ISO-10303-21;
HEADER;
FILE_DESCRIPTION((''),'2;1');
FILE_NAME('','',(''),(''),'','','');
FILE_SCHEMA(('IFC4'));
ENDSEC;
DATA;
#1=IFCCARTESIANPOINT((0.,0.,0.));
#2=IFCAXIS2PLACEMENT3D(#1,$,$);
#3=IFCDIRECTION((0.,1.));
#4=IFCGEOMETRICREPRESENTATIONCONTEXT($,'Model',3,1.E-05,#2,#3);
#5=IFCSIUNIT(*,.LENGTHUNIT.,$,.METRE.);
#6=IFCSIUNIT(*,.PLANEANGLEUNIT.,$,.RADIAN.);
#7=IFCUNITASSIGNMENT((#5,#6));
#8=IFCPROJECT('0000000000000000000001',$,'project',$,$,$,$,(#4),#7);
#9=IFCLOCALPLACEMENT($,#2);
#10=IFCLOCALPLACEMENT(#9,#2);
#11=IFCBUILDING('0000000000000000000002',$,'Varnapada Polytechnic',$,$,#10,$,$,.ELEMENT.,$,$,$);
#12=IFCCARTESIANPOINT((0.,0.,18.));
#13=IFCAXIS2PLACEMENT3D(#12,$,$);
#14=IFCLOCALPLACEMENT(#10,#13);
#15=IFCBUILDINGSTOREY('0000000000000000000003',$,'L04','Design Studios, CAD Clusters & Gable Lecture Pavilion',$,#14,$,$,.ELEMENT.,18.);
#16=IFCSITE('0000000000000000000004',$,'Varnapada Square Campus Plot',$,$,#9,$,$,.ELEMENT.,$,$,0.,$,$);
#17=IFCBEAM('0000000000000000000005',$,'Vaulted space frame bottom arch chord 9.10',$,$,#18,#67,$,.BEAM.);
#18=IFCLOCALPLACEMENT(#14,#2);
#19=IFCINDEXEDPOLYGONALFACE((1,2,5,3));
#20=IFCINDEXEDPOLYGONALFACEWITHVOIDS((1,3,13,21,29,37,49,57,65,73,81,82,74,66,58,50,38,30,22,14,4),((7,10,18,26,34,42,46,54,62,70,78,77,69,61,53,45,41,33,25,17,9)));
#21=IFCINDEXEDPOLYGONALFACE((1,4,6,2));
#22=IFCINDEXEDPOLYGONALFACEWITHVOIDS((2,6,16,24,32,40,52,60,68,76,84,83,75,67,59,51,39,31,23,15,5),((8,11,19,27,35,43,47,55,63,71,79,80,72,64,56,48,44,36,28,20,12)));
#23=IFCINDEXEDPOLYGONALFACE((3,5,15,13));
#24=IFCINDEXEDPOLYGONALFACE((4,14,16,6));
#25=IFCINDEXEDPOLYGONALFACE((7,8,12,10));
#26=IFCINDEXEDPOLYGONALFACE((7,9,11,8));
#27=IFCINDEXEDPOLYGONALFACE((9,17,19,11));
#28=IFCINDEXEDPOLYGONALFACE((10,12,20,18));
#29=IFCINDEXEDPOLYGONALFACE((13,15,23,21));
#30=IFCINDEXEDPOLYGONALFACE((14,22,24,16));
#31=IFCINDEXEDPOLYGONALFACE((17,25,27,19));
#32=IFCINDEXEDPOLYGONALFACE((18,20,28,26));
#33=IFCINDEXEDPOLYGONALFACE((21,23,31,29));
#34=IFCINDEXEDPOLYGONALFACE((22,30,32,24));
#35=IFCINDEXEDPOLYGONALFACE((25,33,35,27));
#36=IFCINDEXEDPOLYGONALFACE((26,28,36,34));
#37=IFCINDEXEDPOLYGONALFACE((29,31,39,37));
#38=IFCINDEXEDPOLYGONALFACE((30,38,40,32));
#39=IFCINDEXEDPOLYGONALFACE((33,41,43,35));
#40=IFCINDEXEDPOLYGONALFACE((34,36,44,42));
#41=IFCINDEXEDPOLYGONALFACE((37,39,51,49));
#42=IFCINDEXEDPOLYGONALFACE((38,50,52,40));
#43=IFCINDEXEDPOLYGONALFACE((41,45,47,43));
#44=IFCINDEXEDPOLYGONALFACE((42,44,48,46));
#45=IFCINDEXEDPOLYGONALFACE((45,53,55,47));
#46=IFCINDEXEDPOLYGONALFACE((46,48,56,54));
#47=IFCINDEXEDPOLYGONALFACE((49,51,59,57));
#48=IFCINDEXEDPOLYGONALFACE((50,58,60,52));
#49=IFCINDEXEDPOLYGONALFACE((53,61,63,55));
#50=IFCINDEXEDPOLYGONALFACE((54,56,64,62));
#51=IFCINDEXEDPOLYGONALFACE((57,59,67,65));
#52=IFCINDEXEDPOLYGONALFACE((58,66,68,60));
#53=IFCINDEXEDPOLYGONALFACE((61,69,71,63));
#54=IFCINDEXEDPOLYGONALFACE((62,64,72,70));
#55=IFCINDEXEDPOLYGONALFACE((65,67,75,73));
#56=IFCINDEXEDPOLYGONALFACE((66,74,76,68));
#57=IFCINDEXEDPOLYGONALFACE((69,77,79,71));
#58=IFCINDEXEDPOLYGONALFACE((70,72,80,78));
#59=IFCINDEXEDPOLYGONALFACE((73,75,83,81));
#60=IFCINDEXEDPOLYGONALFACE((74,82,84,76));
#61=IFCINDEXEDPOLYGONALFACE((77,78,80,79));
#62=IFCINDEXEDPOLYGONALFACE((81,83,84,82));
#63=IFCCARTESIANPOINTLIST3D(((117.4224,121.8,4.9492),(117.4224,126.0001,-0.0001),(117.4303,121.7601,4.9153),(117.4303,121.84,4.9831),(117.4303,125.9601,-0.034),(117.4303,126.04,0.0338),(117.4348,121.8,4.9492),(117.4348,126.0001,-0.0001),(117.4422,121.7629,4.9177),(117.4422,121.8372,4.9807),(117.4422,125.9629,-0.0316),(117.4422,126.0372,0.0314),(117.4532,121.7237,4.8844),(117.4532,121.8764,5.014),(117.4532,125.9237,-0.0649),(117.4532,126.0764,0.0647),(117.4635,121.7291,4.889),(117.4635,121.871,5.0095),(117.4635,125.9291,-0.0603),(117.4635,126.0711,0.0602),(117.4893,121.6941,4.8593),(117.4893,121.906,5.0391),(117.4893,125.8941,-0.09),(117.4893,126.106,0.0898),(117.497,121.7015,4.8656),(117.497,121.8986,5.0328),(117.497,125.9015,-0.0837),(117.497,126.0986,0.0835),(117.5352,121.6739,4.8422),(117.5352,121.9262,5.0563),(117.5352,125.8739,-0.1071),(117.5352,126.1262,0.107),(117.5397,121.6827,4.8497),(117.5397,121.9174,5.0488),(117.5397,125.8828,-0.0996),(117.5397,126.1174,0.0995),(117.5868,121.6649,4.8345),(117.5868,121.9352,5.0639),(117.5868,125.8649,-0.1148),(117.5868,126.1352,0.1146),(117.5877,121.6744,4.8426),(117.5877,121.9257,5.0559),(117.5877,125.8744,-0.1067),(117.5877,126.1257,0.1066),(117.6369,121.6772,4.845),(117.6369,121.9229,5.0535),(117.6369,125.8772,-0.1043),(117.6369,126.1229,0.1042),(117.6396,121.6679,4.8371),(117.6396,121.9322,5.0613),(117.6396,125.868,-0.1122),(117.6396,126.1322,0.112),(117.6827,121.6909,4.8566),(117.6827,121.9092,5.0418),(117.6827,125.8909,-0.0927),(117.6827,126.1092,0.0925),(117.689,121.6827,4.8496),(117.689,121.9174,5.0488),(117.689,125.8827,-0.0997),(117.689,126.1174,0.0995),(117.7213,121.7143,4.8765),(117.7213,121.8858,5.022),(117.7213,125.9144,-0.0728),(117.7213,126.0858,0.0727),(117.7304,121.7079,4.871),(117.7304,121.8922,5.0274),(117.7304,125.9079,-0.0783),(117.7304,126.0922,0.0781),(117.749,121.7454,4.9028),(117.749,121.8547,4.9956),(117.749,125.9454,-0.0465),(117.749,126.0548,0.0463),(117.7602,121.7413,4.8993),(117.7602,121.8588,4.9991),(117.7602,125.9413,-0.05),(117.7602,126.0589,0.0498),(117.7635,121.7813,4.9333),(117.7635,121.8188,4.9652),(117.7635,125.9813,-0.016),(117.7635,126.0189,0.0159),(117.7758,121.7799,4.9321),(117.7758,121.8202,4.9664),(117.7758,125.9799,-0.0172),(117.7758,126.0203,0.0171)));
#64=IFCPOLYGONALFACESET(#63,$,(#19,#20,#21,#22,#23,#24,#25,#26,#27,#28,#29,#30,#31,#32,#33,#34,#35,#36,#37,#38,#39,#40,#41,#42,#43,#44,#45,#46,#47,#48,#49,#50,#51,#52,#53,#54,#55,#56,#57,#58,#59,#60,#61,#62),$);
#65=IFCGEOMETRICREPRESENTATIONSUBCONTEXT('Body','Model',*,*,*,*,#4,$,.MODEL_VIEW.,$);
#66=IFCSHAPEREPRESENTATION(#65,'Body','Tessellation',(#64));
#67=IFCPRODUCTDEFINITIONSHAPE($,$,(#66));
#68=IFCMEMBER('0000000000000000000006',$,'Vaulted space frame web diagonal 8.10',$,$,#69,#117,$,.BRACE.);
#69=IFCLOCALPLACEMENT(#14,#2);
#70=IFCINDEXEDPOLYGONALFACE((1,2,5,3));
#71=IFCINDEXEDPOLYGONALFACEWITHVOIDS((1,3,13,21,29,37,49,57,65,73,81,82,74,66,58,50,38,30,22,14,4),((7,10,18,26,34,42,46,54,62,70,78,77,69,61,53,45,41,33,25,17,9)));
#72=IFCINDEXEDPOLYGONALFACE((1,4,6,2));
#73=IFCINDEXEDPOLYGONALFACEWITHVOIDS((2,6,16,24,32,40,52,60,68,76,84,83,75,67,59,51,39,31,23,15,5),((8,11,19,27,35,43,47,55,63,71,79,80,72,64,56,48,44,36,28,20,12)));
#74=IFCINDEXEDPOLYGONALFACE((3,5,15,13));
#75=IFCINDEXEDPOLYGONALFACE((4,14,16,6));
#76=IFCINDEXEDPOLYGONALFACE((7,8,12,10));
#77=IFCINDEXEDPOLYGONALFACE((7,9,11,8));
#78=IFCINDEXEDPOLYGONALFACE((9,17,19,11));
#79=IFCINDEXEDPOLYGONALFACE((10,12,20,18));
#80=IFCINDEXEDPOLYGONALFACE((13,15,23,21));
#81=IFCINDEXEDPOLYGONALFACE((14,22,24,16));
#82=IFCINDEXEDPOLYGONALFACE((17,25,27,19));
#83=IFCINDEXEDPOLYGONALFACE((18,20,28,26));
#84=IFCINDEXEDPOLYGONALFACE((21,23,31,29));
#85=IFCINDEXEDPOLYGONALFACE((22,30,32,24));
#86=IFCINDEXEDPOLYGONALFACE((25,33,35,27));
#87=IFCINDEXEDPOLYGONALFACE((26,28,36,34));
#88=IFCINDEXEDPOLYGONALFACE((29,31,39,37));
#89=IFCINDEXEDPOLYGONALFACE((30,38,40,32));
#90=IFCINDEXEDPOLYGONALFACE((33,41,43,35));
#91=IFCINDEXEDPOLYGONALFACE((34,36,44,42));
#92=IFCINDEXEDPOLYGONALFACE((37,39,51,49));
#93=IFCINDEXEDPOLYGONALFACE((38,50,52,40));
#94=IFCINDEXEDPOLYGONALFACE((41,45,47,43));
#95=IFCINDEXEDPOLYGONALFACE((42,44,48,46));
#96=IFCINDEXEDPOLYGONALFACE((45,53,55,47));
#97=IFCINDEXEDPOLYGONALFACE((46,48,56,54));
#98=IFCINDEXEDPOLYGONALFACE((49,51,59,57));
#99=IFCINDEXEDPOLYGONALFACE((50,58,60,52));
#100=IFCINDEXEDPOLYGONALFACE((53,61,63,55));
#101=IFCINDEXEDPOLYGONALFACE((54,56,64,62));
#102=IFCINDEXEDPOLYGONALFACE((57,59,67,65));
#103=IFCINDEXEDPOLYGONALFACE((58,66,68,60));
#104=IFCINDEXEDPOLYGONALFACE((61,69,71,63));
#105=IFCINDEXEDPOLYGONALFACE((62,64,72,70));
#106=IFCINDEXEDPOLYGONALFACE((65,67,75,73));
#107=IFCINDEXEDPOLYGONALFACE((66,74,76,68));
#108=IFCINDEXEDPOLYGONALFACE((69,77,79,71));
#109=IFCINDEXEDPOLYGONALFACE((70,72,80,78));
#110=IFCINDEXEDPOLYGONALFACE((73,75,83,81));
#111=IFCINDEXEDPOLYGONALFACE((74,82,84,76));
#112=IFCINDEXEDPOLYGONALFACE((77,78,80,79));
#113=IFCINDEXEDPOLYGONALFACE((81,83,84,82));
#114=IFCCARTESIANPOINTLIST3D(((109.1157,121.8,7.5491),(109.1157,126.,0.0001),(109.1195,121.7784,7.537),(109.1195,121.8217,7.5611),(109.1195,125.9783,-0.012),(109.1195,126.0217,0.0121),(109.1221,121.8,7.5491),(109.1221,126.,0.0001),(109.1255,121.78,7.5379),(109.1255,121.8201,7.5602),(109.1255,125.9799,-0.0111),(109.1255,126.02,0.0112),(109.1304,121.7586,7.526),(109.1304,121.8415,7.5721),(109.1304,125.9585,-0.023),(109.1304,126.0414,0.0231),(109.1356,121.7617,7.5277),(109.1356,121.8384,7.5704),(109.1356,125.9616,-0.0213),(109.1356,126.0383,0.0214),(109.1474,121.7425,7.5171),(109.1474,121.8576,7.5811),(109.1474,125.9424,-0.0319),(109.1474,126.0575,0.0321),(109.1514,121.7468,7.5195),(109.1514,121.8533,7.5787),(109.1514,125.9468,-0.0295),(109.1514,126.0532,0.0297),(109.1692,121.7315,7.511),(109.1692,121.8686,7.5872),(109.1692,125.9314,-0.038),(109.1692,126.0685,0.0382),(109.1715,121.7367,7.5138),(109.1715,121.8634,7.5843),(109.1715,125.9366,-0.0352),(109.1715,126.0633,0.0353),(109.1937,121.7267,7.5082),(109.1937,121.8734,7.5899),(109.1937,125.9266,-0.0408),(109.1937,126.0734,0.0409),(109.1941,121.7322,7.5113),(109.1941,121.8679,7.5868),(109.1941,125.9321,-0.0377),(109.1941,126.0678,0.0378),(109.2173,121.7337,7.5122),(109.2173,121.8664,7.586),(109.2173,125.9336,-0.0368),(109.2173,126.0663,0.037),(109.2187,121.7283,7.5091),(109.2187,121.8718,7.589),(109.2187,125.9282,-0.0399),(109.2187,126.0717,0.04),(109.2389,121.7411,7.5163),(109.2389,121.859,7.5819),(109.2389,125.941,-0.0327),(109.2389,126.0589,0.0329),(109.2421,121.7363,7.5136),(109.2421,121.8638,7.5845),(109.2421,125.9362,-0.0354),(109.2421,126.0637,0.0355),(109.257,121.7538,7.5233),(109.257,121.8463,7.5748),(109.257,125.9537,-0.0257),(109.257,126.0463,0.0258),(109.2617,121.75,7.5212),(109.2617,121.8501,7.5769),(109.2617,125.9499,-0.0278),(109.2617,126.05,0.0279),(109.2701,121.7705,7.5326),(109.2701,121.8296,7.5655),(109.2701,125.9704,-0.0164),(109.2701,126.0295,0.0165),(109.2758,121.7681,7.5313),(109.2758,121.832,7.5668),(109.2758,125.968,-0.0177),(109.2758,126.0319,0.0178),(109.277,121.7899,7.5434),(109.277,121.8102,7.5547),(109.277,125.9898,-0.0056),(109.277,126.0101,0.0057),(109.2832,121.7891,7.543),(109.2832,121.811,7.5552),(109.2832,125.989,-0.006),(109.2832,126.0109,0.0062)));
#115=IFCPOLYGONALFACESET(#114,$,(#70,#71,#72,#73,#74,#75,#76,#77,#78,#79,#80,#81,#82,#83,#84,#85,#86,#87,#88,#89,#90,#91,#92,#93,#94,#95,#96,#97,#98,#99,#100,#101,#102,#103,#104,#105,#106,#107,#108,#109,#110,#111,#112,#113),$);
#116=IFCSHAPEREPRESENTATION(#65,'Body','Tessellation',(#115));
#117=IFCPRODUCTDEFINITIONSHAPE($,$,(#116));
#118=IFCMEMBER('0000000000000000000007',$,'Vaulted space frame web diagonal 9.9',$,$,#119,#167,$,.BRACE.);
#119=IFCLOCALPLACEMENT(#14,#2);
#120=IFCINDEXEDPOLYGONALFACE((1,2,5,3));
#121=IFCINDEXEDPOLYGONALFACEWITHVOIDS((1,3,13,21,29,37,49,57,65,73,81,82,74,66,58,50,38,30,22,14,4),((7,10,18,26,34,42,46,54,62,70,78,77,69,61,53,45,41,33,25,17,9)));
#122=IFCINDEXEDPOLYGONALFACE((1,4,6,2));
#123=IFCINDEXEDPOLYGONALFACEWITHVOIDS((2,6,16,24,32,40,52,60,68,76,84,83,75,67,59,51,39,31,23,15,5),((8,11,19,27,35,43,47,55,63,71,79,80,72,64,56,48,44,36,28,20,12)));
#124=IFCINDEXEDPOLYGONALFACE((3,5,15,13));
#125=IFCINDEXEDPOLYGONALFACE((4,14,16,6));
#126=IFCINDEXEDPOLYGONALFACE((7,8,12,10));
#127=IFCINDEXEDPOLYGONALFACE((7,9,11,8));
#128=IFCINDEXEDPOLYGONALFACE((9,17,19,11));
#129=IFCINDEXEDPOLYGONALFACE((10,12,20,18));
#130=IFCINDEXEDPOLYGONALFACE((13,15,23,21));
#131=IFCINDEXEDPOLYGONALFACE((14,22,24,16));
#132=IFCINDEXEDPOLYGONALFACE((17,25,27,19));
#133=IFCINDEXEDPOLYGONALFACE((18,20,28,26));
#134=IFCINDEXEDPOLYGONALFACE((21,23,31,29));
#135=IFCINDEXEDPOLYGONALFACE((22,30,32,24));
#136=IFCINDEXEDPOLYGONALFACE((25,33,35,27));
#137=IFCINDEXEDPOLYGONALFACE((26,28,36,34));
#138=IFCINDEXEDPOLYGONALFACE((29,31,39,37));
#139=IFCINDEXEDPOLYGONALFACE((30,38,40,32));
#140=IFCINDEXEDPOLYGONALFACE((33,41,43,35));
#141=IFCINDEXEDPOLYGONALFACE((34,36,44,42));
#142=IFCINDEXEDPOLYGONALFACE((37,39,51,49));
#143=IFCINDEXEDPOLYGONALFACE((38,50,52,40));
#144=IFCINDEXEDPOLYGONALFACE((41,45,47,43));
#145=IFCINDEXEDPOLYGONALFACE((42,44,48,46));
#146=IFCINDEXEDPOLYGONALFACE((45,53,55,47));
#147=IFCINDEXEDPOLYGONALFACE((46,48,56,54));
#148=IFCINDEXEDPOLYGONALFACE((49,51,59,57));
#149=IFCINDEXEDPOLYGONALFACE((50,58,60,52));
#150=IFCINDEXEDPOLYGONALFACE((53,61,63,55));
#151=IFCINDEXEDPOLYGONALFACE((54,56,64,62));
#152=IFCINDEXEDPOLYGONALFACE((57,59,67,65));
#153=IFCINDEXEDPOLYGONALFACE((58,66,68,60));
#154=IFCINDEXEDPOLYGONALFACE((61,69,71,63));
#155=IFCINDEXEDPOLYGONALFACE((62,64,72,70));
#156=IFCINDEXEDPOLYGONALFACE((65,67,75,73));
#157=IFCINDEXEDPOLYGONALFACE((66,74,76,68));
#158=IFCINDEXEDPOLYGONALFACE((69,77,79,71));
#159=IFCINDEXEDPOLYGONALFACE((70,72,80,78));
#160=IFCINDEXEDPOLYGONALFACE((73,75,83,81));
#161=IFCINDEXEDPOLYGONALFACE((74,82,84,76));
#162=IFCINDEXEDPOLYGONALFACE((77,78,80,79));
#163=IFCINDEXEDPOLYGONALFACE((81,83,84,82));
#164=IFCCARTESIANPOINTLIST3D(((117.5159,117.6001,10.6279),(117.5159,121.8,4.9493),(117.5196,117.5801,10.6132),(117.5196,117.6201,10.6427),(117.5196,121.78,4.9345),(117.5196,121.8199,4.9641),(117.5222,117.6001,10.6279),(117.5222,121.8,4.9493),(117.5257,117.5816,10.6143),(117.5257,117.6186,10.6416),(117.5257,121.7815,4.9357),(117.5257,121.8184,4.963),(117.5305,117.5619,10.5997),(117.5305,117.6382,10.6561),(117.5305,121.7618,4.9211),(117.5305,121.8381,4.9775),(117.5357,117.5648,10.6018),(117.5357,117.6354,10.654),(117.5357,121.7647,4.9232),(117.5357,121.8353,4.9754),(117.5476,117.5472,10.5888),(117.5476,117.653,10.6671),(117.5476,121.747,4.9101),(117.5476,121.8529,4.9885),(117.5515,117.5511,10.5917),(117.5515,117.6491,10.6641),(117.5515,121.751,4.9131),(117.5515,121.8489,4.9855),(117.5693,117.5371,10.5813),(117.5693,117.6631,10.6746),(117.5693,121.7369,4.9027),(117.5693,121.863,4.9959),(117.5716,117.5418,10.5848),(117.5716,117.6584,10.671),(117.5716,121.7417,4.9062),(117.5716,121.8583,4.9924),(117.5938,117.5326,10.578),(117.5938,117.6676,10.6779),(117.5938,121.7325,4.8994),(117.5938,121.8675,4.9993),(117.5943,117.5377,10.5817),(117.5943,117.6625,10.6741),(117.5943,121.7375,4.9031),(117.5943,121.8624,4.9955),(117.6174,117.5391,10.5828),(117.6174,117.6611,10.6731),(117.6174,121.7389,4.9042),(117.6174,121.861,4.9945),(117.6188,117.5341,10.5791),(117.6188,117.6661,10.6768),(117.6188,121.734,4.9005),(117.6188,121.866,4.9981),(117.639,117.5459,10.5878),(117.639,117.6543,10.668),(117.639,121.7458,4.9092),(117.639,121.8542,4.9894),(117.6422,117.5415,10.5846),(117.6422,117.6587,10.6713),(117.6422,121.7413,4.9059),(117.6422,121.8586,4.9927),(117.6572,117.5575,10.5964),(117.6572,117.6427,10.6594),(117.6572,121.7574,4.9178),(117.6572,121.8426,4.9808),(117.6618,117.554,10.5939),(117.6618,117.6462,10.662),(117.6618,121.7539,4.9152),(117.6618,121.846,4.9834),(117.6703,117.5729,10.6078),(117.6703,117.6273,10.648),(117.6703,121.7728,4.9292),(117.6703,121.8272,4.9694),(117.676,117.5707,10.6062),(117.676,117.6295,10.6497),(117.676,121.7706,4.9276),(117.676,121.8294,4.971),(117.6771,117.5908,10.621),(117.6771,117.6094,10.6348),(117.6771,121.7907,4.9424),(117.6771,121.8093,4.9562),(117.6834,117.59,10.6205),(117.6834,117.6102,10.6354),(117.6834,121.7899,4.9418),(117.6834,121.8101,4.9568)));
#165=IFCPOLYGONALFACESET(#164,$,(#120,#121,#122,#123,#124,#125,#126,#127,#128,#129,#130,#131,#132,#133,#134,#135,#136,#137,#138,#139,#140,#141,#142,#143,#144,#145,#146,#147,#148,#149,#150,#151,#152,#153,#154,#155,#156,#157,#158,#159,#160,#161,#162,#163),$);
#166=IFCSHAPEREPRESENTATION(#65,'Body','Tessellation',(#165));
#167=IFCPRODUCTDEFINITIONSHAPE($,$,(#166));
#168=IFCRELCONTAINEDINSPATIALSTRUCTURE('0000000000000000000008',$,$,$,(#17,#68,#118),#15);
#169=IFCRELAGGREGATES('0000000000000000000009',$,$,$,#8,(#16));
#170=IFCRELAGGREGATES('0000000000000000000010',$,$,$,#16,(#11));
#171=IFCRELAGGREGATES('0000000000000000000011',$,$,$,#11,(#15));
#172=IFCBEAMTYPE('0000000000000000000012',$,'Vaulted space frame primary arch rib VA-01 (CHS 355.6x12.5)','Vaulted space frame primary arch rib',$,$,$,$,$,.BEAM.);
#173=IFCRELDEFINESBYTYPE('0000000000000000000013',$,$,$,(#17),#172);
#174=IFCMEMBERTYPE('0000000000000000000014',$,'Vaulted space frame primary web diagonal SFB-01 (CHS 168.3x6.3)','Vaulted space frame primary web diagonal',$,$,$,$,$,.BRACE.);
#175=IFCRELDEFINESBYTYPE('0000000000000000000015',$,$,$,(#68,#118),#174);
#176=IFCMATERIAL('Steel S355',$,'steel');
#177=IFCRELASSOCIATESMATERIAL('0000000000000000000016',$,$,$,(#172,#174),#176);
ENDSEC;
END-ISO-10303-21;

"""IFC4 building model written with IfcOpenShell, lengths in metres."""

from ifc_helpers import new_model, si_unit, direction, frame, origin, origin_2d, place, context, subcontext, project, spatial, hollow_circle, extrude, material, material_profile, profile_set, type_object, element, save


model = new_model("IFC4")

# Units and contexts
model_context = context("Model", 3, precision=1e-05, world=origin(), true_north=direction((0.0, 1.0)))
body_context = subcontext(model_context, "Body", "Model", "MODEL_VIEW")
ifc_project = project(units=[si_unit("LENGTHUNIT", "METRE"), si_unit("PLANEANGLEUNIT", "RADIAN")], contexts=[model_context])

# Site, building, storey
site_placement = place(None, origin())
site = spatial("IfcSite", under=ifc_project, at=site_placement, Name="Varnapada Square Campus Plot", CompositionType="ELEMENT", RefElevation=0.0)
building_placement = place(site_placement, origin())
building = spatial("IfcBuilding", under=site, at=building_placement, Name="Varnapada Polytechnic", CompositionType="ELEMENT")
storey_placement = place(building_placement, frame((0.0, 0.0, 18.0)))
storey = spatial("IfcBuildingStorey", under=building, at=storey_placement, Name="L04", Description="Design Studios, CAD Clusters & Gable Lecture Pavilion", CompositionType="ELEMENT", Elevation=18.0)

# Shared definitions
ifc_material = material(Name="Steel S355", Category="steel")

# Beam
ifc_material_profile_1 = material_profile(ifc_material, hollow_circle(Radius=0.1777, WallThickness=0.0125, at=origin_2d()), Name="CHS 355.6x12.5")
ifc_profile_set_1 = profile_set([ifc_material_profile_1], Name="Steel S355")
beam_type_1 = type_object("IfcBeamType", Name="Vaulted space frame primary arch rib VA-01 (CHS 355.6x12.5)", Description="Vaulted space frame primary arch rib", PredefinedType="BEAM", material=ifc_profile_set_1)
beam_1_placement = place(storey_placement, frame((117.6001, 121.8, 4.9492), z_axis=(0.0, 0.647032, -0.762462), x_axis=(-1.0, 0.0, 0.0)))
element("IfcBeam", 1, at=beam_1_placement, inside=storey, type_object=beam_type_1, Name="Vaulted space frame bottom arch chord 9.10", PredefinedType="BEAM", context=body_context, shape_type="SweptSolid", body=[
    extrude(hollow_circle(Radius=0.1777, WallThickness=0.0125, at=origin_2d()), origin(), (0.0, 0.0, 1.0), 6.4912),
])

# Members
ifc_material_profile_2 = material_profile(ifc_material, hollow_circle(Radius=0.0842, WallThickness=0.0063, at=origin_2d()), Name="CHS 168.3x6.3")
ifc_profile_set_2 = profile_set([ifc_material_profile_2], Name="Steel S355")
member_type_1 = type_object("IfcMemberType", Name="Vaulted space frame primary web diagonal SFB-01 (CHS 168.3x6.3)", Description="Vaulted space frame primary web diagonal", PredefinedType="BRACE", material=ifc_profile_set_2)
member_1_placement = place(storey_placement, frame((109.2, 121.8, 7.5491), z_axis=(0.0, 0.486176, -0.873861), x_axis=(-1.0, 0.0, 0.0)))
element("IfcMember", 2, at=member_1_placement, inside=storey, type_object=member_type_1, Name="Vaulted space frame web diagonal 8.10", PredefinedType="BRACE", context=body_context, shape_type="SweptSolid", body=[
    extrude(hollow_circle(Radius=0.0842, WallThickness=0.0063, at=origin_2d()), origin(), (0.0, 0.0, 1.0), 8.6387),
])
member_2_placement = place(storey_placement, frame((117.6001, 117.6001, 10.6279), z_axis=(0.0, 0.594633, -0.803997), x_axis=(-1.0, 0.0, 0.0)))
element("IfcMember", 3, at=member_2_placement, inside=storey, type_object=member_type_1, Name="Vaulted space frame web diagonal 9.9", PredefinedType="BRACE", context=body_context, shape_type="SweptSolid", body=[
    extrude(hollow_circle(Radius=0.0842, WallThickness=0.0063, at=origin_2d()), origin(), (0.0, 0.0, 1.0), 7.063),
])

save(model, "model.ifc")
